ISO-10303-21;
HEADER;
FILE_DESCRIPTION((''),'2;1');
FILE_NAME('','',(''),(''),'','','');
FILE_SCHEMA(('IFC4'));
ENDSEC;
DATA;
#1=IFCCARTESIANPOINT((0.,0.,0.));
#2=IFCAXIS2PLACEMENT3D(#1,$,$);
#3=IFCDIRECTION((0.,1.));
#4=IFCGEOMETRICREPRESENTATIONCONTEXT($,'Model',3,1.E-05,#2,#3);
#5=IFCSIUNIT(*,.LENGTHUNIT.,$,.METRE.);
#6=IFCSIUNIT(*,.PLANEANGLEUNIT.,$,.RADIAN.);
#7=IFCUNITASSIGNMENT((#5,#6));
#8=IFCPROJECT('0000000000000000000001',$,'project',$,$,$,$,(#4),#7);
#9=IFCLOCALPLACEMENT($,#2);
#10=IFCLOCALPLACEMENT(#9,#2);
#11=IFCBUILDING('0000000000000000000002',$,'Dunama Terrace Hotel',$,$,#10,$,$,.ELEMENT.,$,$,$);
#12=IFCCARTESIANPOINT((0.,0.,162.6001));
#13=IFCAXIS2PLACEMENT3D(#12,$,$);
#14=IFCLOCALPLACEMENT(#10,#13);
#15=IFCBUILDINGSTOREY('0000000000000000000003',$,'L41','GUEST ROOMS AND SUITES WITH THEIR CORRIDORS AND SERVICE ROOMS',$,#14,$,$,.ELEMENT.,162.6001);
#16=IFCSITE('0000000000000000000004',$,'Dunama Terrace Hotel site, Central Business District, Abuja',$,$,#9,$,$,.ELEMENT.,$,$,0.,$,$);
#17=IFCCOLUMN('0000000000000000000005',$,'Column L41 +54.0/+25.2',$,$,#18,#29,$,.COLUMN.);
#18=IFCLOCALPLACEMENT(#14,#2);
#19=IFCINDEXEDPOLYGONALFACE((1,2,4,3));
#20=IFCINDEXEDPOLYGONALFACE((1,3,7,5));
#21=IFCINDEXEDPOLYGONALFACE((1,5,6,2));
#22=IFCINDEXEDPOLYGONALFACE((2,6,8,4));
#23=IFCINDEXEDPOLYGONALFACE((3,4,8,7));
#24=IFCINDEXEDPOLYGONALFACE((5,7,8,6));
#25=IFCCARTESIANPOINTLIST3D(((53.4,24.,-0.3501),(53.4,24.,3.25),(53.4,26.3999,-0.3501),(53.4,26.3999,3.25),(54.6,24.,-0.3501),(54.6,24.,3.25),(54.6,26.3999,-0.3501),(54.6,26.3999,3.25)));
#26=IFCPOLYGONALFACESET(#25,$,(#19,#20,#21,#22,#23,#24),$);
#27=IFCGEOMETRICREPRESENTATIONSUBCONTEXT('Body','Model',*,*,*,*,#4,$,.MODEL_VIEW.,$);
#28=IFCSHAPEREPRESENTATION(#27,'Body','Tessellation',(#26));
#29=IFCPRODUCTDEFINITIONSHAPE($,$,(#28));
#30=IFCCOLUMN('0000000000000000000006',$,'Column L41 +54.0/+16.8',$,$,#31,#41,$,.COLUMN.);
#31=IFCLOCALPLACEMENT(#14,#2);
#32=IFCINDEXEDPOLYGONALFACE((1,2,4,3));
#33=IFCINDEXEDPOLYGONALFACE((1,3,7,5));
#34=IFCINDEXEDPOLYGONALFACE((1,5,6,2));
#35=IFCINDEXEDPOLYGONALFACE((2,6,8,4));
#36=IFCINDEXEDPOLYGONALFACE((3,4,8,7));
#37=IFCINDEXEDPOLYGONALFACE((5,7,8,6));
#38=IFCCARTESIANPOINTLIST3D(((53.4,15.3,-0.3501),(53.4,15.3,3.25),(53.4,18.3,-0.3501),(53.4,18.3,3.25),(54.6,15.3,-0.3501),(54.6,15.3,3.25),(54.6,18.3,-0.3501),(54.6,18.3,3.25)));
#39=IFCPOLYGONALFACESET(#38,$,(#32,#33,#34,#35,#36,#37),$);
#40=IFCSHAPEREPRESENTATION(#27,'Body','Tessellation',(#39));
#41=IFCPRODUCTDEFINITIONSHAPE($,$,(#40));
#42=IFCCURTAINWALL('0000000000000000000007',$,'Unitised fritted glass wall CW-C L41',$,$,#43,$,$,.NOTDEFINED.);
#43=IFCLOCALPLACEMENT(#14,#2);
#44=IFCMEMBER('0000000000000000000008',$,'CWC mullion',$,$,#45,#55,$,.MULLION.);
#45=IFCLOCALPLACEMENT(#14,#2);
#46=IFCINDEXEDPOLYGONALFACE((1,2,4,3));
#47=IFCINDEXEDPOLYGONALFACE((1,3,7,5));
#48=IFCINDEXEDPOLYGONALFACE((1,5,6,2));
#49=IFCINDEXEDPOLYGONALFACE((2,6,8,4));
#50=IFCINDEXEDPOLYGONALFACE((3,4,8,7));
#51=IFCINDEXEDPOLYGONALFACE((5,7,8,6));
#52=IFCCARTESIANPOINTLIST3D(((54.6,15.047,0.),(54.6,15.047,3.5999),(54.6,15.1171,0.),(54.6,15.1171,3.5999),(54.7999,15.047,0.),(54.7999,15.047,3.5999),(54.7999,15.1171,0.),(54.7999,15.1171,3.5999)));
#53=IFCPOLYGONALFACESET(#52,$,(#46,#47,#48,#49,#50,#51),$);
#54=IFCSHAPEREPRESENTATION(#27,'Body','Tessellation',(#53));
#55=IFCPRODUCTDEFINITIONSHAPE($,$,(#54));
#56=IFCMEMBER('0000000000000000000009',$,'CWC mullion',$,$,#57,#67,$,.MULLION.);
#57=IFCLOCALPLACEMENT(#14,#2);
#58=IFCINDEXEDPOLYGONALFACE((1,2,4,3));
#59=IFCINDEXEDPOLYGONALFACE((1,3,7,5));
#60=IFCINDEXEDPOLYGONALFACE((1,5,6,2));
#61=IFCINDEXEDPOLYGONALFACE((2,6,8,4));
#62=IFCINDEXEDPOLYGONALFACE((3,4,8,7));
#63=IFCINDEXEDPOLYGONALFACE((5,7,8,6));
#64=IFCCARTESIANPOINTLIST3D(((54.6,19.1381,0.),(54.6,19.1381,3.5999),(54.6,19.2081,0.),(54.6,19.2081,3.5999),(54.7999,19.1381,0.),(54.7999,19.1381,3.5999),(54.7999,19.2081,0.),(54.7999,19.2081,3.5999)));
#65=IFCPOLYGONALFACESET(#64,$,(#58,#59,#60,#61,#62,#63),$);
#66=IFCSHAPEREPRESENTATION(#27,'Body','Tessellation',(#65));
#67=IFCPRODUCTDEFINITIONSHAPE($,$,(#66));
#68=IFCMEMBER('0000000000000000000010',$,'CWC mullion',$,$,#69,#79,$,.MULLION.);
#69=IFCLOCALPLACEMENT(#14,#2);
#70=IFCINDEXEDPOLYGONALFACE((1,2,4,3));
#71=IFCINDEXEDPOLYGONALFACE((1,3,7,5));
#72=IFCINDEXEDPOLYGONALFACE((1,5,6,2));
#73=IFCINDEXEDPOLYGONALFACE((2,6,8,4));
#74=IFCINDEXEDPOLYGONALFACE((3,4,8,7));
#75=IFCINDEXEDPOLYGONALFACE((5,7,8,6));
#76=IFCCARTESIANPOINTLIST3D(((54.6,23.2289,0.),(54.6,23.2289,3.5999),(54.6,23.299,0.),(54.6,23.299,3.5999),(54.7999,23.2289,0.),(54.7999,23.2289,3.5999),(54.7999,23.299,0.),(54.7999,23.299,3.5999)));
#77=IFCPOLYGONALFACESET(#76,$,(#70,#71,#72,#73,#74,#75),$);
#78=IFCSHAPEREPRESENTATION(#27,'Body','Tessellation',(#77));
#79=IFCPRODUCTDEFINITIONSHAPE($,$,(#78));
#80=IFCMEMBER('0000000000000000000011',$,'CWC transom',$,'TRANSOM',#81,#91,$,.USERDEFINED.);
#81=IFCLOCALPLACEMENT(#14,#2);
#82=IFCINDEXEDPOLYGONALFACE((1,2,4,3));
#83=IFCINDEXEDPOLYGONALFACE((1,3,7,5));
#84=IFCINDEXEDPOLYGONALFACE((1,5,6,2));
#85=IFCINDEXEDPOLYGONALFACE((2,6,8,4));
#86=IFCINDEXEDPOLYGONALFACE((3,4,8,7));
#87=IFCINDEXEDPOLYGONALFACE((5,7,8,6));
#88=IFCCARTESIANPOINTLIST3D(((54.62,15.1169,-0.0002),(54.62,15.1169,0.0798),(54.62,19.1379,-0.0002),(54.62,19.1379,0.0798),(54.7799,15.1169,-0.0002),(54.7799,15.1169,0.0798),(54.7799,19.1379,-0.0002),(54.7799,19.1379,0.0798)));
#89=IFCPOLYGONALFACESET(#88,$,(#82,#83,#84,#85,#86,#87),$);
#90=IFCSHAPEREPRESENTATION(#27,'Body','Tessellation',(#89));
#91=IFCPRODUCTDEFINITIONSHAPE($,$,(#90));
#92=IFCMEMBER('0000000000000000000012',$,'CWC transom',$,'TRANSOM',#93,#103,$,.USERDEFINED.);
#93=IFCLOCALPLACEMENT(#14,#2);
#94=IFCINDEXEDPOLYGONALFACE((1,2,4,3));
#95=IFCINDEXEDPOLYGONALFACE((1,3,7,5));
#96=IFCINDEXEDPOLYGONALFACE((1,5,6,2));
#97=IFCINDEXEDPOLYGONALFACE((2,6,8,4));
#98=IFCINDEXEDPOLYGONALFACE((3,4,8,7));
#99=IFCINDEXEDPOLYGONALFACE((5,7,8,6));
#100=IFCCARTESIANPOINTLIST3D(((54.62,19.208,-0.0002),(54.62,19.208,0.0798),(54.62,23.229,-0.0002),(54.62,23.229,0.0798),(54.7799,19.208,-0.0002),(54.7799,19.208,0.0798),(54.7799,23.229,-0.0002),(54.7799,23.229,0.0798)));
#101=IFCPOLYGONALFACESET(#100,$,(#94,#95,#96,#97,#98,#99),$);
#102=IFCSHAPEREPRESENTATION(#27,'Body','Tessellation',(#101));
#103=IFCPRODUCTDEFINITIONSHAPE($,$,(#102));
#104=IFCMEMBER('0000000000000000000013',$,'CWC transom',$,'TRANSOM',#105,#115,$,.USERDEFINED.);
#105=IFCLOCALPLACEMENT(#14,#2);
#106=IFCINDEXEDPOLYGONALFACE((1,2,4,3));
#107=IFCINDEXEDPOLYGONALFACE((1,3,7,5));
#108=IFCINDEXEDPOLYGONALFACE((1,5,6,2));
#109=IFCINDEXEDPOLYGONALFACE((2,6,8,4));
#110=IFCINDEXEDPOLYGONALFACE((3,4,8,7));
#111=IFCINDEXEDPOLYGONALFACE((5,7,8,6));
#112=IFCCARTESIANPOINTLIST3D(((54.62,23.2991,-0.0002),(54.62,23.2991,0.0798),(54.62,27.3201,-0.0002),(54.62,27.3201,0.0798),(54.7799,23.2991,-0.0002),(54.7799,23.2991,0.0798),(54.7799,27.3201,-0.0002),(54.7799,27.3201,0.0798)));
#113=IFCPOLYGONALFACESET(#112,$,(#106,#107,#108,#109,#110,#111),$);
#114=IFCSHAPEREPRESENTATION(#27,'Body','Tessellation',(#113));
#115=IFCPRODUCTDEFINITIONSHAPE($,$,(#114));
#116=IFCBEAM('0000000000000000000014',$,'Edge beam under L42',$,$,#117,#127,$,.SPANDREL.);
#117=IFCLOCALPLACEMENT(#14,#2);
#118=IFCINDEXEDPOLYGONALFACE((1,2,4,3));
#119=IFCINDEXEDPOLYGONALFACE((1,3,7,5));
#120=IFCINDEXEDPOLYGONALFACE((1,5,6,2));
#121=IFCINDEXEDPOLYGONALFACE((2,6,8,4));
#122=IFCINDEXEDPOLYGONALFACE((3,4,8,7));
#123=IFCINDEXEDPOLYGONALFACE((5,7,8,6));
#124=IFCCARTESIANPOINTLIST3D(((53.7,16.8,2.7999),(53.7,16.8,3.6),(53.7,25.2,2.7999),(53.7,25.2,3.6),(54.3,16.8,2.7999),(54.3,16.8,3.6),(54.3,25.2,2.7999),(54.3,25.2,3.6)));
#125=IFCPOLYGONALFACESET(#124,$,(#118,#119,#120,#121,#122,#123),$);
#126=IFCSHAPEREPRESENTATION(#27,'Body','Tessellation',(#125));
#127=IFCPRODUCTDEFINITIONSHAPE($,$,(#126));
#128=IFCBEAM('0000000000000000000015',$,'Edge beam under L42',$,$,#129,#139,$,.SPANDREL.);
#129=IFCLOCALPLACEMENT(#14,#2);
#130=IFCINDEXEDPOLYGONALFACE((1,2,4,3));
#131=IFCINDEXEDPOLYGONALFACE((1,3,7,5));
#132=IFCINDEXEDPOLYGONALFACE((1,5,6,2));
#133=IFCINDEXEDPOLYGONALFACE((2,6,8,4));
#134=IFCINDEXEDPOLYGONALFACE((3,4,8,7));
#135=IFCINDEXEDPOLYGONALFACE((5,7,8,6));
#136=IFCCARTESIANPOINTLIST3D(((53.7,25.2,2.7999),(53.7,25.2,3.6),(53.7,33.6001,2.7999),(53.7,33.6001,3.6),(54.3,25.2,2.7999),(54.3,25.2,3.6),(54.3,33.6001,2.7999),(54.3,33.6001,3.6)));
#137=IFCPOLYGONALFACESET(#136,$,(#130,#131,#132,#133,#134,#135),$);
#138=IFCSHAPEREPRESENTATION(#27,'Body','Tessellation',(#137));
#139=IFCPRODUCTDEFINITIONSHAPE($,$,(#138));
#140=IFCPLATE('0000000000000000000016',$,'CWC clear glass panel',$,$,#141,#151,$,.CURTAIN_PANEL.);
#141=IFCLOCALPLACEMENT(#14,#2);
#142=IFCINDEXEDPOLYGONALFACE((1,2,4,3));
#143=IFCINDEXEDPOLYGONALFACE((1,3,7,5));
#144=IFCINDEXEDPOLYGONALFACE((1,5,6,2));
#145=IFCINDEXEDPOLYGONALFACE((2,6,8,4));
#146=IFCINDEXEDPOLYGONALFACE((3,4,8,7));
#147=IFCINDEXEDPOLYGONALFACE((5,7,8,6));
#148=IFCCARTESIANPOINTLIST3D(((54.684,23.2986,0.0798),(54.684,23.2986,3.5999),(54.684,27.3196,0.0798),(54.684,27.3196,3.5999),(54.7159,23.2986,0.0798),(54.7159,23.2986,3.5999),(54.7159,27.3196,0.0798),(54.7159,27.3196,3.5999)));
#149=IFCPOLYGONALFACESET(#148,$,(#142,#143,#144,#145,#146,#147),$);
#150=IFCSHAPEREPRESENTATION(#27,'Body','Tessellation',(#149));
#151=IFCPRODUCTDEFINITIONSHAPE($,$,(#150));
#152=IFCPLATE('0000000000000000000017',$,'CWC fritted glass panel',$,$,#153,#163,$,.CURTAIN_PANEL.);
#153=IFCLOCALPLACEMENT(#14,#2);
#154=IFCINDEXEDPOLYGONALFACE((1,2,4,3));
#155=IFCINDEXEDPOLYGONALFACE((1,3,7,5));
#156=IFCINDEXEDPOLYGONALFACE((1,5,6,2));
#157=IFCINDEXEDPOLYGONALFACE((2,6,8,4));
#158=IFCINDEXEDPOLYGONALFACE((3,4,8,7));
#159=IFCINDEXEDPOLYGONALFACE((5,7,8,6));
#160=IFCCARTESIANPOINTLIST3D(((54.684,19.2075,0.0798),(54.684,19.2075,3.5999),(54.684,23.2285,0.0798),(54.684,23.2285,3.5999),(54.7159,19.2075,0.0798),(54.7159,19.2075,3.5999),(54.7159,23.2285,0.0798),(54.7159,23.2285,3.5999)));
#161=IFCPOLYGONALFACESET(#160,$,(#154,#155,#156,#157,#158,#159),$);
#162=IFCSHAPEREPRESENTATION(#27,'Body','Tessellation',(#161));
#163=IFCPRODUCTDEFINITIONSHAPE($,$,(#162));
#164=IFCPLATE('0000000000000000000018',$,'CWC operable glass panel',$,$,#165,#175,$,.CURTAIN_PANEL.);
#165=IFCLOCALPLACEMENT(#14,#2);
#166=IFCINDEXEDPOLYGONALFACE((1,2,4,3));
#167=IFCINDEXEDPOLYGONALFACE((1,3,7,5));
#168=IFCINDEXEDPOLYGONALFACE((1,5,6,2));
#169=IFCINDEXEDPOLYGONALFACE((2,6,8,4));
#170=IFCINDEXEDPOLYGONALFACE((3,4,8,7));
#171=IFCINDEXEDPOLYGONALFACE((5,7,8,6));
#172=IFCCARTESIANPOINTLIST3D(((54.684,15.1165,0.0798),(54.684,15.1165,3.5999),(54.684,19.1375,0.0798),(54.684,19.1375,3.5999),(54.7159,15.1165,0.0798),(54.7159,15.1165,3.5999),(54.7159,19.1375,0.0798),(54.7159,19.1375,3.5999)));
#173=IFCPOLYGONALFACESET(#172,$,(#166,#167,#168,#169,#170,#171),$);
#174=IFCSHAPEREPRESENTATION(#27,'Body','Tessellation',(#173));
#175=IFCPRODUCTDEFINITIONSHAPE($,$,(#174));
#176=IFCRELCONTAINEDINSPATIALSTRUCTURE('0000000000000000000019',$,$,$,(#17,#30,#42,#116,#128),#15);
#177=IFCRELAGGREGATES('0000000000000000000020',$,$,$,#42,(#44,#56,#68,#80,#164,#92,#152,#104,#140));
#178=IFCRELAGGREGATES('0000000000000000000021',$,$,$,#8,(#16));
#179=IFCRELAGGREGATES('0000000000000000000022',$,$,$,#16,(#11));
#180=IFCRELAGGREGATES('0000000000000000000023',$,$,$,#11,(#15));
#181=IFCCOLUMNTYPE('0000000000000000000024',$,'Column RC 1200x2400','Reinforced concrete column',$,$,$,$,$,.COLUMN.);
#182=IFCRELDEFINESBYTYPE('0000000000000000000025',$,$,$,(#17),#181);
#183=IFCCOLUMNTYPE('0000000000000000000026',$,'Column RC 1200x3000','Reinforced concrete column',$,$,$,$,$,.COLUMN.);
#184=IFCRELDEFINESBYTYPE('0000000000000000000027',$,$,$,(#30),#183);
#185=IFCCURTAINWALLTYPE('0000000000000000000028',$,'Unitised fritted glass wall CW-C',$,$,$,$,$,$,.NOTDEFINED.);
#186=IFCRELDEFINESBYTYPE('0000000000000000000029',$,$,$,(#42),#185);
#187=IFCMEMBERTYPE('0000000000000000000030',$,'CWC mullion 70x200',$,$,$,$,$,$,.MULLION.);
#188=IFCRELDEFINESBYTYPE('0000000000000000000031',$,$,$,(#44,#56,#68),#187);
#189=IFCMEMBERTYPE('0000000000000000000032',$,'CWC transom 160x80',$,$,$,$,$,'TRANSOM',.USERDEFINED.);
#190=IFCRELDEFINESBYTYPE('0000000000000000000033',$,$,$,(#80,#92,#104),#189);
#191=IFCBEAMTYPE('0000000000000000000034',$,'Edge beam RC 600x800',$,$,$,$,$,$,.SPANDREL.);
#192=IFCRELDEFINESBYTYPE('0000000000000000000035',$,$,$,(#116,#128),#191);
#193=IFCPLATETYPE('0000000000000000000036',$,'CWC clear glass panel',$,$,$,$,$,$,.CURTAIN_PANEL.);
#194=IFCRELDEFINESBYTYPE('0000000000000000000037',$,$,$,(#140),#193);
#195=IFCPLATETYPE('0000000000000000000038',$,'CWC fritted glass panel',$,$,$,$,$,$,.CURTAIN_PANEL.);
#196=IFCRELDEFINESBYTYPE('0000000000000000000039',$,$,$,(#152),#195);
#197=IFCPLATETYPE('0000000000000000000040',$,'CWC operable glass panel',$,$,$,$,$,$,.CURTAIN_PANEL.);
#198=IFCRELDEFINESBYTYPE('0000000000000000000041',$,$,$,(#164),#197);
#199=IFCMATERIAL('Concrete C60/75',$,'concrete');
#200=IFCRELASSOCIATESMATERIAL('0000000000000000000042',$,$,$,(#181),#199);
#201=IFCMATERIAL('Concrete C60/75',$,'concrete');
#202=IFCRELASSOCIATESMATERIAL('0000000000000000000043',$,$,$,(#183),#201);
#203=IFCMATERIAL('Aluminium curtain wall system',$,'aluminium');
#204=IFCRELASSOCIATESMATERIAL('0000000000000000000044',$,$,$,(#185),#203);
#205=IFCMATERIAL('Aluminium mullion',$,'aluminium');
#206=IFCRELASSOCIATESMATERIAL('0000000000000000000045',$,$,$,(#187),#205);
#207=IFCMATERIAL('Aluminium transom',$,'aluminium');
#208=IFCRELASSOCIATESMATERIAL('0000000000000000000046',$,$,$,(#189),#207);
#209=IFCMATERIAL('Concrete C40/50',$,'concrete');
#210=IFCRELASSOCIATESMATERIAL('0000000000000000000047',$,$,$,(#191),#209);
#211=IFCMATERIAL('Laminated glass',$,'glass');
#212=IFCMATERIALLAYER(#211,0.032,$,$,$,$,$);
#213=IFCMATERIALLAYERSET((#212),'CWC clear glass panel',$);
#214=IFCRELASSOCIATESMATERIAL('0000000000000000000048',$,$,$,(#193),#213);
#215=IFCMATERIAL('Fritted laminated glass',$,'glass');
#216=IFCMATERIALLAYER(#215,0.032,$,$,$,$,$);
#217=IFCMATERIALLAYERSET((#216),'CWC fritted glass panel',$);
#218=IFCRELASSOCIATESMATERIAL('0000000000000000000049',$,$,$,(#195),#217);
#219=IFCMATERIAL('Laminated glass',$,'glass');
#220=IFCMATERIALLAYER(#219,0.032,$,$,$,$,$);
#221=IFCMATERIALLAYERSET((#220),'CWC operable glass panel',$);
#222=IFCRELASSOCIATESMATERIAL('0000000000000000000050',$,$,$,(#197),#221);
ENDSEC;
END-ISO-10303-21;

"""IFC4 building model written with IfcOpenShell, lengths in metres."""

from ifc_helpers import new_model, si_unit, direction, frame, origin, origin_2d, place, context, subcontext, project, spatial, rectangle, extrude, material, layer, layer_set, material_profile, profile_set, type_object, element, aggregate, save


model = new_model("IFC4")

# Units and contexts
model_context = context("Model", 3, precision=1e-05, world=origin(), true_north=direction((0.0, 1.0)))
body_context = subcontext(model_context, "Body", "Model", "MODEL_VIEW")
ifc_project = project(units=[si_unit("LENGTHUNIT", "METRE"), si_unit("PLANEANGLEUNIT", "RADIAN")], contexts=[model_context])

# Site, building, storey
site_placement = place(None, origin())
site = spatial("IfcSite", under=ifc_project, at=site_placement, Name="Dunama Terrace Hotel site, Central Business District, Abuja", CompositionType="ELEMENT", RefElevation=0.0)
building_placement = place(site_placement, origin())
building = spatial("IfcBuilding", under=site, at=building_placement, Name="Dunama Terrace Hotel", CompositionType="ELEMENT")
storey_placement = place(building_placement, frame((0.0, 0.0, 162.6001)))
storey = spatial("IfcBuildingStorey", under=building, at=storey_placement, Name="L41", Description="GUEST ROOMS AND SUITES WITH THEIR CORRIDORS AND SERVICE ROOMS", CompositionType="ELEMENT", Elevation=162.6001)

# Columns
ifc_material_1 = material(Name="Concrete C60/75", Category="concrete")
ifc_material_profile_1 = material_profile(ifc_material_1, rectangle(XDim=1.2, YDim=2.3999, at=origin_2d()), Name="RC 1200x2400")
ifc_profile_set_1 = profile_set([ifc_material_profile_1], Name="Concrete C60/75")
column_type_1 = type_object("IfcColumnType", Name="Column RC 1200x2400", Description="Reinforced concrete column", PredefinedType="COLUMN", material=ifc_profile_set_1)
column_1_placement = place(storey_placement, frame((54.0, 25.2, -0.3501), z_axis=(0.0, 0.0, 1.0), x_axis=(1.0, 0.0, 0.0)))
element("IfcColumn", 1, at=column_1_placement, inside=storey, type_object=column_type_1, Name="Column L41 +54.0/+25.2", PredefinedType="COLUMN", context=body_context, shape_type="SweptSolid", body=[
    extrude(rectangle(XDim=1.2, YDim=2.3999, at=origin_2d()), origin(), (0.0, 0.0, 1.0), 3.6001),
])
ifc_material_2 = material(Name="Concrete C60/75", Category="concrete")
ifc_material_profile_2 = material_profile(ifc_material_2, rectangle(XDim=1.2, YDim=3.0, at=origin_2d()), Name="RC 1200x3000")
ifc_profile_set_2 = profile_set([ifc_material_profile_2], Name="Concrete C60/75")
column_type_2 = type_object("IfcColumnType", Name="Column RC 1200x3000", Description="Reinforced concrete column", PredefinedType="COLUMN", material=ifc_profile_set_2)
column_2_placement = place(storey_placement, frame((54.0, 16.8, -0.3501), z_axis=(0.0, 0.0, 1.0), x_axis=(1.0, 0.0, 0.0)))
element("IfcColumn", 2, at=column_2_placement, inside=storey, type_object=column_type_2, Name="Column L41 +54.0/+16.8", PredefinedType="COLUMN", context=body_context, shape_type="SweptSolid", body=[
    extrude(rectangle(XDim=1.2, YDim=3.0, at=origin_2d()), origin(), (0.0, 0.0, 1.0), 3.6001),
])

# Curtain wall, members
ifc_material_3 = material(Name="Aluminium curtain wall system", Category="aluminium")
curtain_wall_type = type_object("IfcCurtainWallType", Name="Unitised fritted glass wall CW-C", PredefinedType="NOTDEFINED", material=ifc_material_3)
curtain_wall_placement = place(storey_placement, origin())
curtain_wall = element("IfcCurtainWall", 3, at=curtain_wall_placement, inside=storey, type_object=curtain_wall_type, Name="Unitised fritted glass wall CW-C L41", PredefinedType="NOTDEFINED")
ifc_material_4 = material(Name="Aluminium mullion", Category="aluminium")
ifc_material_profile_3 = material_profile(ifc_material_4, rectangle(XDim=0.0701, YDim=0.2, at=origin_2d()), Name="CWC MULLION 70X200")
ifc_profile_set_3 = profile_set([ifc_material_profile_3], Name="Aluminium mullion")
member_type_1 = type_object("IfcMemberType", Name="CWC mullion 70x200", PredefinedType="MULLION", material=ifc_profile_set_3)
member_1_placement = place(storey_placement, frame((54.7, 15.082, 0.0), z_axis=(0.0, 0.0, 1.0), x_axis=(0.0, 1.0, 0.0)))
member_1 = element("IfcMember", 4, at=member_1_placement, type_object=member_type_1, Name="CWC mullion", PredefinedType="MULLION", context=body_context, shape_type="SweptSolid", body=[
    extrude(rectangle(XDim=0.0701, YDim=0.2, at=origin_2d()), origin(), (0.0, 0.0, 1.0), 3.5999),
])
member_2_placement = place(storey_placement, frame((54.7, 19.1731, 0.0), z_axis=(0.0, 0.0, 1.0), x_axis=(0.0, 1.0, 0.0)))
member_2 = element("IfcMember", 5, at=member_2_placement, type_object=member_type_1, Name="CWC mullion", PredefinedType="MULLION", context=body_context, shape_type="SweptSolid", body=[
    extrude(rectangle(XDim=0.0701, YDim=0.2, at=origin_2d()), origin(), (0.0, 0.0, 1.0), 3.5999),
])
member_3_placement = place(storey_placement, frame((54.7, 23.2639, 0.0), z_axis=(0.0, 0.0, 1.0), x_axis=(0.0, 1.0, 0.0)))
member_3 = element("IfcMember", 6, at=member_3_placement, type_object=member_type_1, Name="CWC mullion", PredefinedType="MULLION", context=body_context, shape_type="SweptSolid", body=[
    extrude(rectangle(XDim=0.0701, YDim=0.2, at=origin_2d()), origin(), (0.0, 0.0, 1.0), 3.5999),
])
ifc_material_5 = material(Name="Aluminium transom", Category="aluminium")
ifc_material_profile_4 = material_profile(ifc_material_5, rectangle(XDim=0.1599, YDim=0.0801, at=origin_2d()), Name="CWC TRANSOM 160X80")
ifc_profile_set_4 = profile_set([ifc_material_profile_4], Name="Aluminium transom")
member_type_2 = type_object("IfcMemberType", Name="CWC transom 160x80", ElementType="TRANSOM", PredefinedType="USERDEFINED", material=ifc_profile_set_4)
member_4_placement = place(storey_placement, frame((54.7, 15.1169, 0.0398), z_axis=(0.0, 1.0, 0.0), x_axis=(-1.0, 0.0, 0.0)))
member_4 = element("IfcMember", 7, at=member_4_placement, type_object=member_type_2, Name="CWC transom", ObjectType="TRANSOM", PredefinedType="USERDEFINED", context=body_context, shape_type="SweptSolid", body=[
    extrude(rectangle(XDim=0.1599, YDim=0.0801, at=origin_2d()), origin(), (0.0, 0.0, 1.0), 4.021),
])
member_5_placement = place(storey_placement, frame((54.7, 19.208, 0.0398), z_axis=(0.0, 1.0, 0.0), x_axis=(-1.0, 0.0, 0.0)))
member_5 = element("IfcMember", 8, at=member_5_placement, type_object=member_type_2, Name="CWC transom", ObjectType="TRANSOM", PredefinedType="USERDEFINED", context=body_context, shape_type="SweptSolid", body=[
    extrude(rectangle(XDim=0.1599, YDim=0.0801, at=origin_2d()), origin(), (0.0, 0.0, 1.0), 4.021),
])
member_6_placement = place(storey_placement, frame((54.7, 23.2991, 0.0398), z_axis=(0.0, 1.0, 0.0), x_axis=(-1.0, 0.0, 0.0)))
member_6 = element("IfcMember", 9, at=member_6_placement, type_object=member_type_2, Name="CWC transom", ObjectType="TRANSOM", PredefinedType="USERDEFINED", context=body_context, shape_type="SweptSolid", body=[
    extrude(rectangle(XDim=0.1599, YDim=0.0801, at=origin_2d()), origin(), (0.0, 0.0, 1.0), 4.021),
])

# Beams
ifc_material_6 = material(Name="Concrete C40/50", Category="concrete")
ifc_material_profile_5 = material_profile(ifc_material_6, rectangle(XDim=0.6001, YDim=0.8, at=origin_2d()), Name="RC 600x800")
ifc_profile_set_5 = profile_set([ifc_material_profile_5], Name="Concrete C40/50")
beam_type = type_object("IfcBeamType", Name="Edge beam RC 600x800", PredefinedType="SPANDREL", material=ifc_profile_set_5)
beam_1_placement = place(storey_placement, frame((54.0, 16.8, 3.2), z_axis=(0.0, 1.0, 0.0), x_axis=(-1.0, 0.0, 0.0)))
element("IfcBeam", 10, at=beam_1_placement, inside=storey, type_object=beam_type, Name="Edge beam under L42", PredefinedType="SPANDREL", context=body_context, shape_type="SweptSolid", body=[
    extrude(rectangle(XDim=0.6001, YDim=0.8, at=origin_2d()), origin(), (0.0, 0.0, 1.0), 8.3999),
])
beam_2_placement = place(storey_placement, frame((54.0, 25.2, 3.2), z_axis=(0.0, 1.0, 0.0), x_axis=(-1.0, 0.0, 0.0)))
element("IfcBeam", 11, at=beam_2_placement, inside=storey, type_object=beam_type, Name="Edge beam under L42", PredefinedType="SPANDREL", context=body_context, shape_type="SweptSolid", body=[
    extrude(rectangle(XDim=0.6001, YDim=0.8, at=origin_2d()), origin(), (0.0, 0.0, 1.0), 8.4001),
])

# Plates
ifc_material_7 = material(Name="Laminated glass", Category="glass")
ifc_layer_1 = layer(ifc_material_7, 0.032)
ifc_layer_set_1 = layer_set([ifc_layer_1], Name="CWC clear glass panel")
plate_type_1 = type_object("IfcPlateType", Name="CWC clear glass panel", PredefinedType="CURTAIN_PANEL", material=ifc_layer_set_1)
plate_1_placement = place(storey_placement, frame((54.7, 25.3091, 0.0798), z_axis=(0.0, 0.0, 1.0), x_axis=(0.0, 1.0, 0.0)))
plate_1 = element("IfcPlate", 12, at=plate_1_placement, type_object=plate_type_1, Name="CWC clear glass panel", PredefinedType="CURTAIN_PANEL", context=body_context, shape_type="SweptSolid", body=[
    extrude(rectangle(XDim=4.021, YDim=0.032, at=origin_2d()), origin(), (0.0, 0.0, 1.0), 3.52),
])
ifc_material_8 = material(Name="Fritted laminated glass", Category="glass")
ifc_layer_2 = layer(ifc_material_8, 0.032)
ifc_layer_set_2 = layer_set([ifc_layer_2], Name="CWC fritted glass panel")
plate_type_2 = type_object("IfcPlateType", Name="CWC fritted glass panel", PredefinedType="CURTAIN_PANEL", material=ifc_layer_set_2)
plate_2_placement = place(storey_placement, frame((54.7, 21.218, 0.0798), z_axis=(0.0, 0.0, 1.0), x_axis=(0.0, 1.0, 0.0)))
plate_2 = element("IfcPlate", 13, at=plate_2_placement, type_object=plate_type_2, Name="CWC fritted glass panel", PredefinedType="CURTAIN_PANEL", context=body_context, shape_type="SweptSolid", body=[
    extrude(rectangle(XDim=4.021, YDim=0.032, at=origin_2d()), origin(), (0.0, 0.0, 1.0), 3.52),
])
ifc_material_9 = material(Name="Laminated glass", Category="glass")
ifc_layer_3 = layer(ifc_material_9, 0.032)
ifc_layer_set_3 = layer_set([ifc_layer_3], Name="CWC operable glass panel")
plate_type_3 = type_object("IfcPlateType", Name="CWC operable glass panel", PredefinedType="CURTAIN_PANEL", material=ifc_layer_set_3)
plate_3_placement = place(storey_placement, frame((54.7, 17.127, 0.0798), z_axis=(0.0, 0.0, 1.0), x_axis=(0.0, 1.0, 0.0)))
plate_3 = element("IfcPlate", 14, at=plate_3_placement, type_object=plate_type_3, Name="CWC operable glass panel", PredefinedType="CURTAIN_PANEL", context=body_context, shape_type="SweptSolid", body=[
    extrude(rectangle(XDim=4.021, YDim=0.032, at=origin_2d()), origin(), (0.0, 0.0, 1.0), 3.52),
])
aggregate(curtain_wall, [member_1, member_2, member_3, member_4, plate_3, member_5, plate_2, member_6, plate_1])

save(model, "model.ifc")
